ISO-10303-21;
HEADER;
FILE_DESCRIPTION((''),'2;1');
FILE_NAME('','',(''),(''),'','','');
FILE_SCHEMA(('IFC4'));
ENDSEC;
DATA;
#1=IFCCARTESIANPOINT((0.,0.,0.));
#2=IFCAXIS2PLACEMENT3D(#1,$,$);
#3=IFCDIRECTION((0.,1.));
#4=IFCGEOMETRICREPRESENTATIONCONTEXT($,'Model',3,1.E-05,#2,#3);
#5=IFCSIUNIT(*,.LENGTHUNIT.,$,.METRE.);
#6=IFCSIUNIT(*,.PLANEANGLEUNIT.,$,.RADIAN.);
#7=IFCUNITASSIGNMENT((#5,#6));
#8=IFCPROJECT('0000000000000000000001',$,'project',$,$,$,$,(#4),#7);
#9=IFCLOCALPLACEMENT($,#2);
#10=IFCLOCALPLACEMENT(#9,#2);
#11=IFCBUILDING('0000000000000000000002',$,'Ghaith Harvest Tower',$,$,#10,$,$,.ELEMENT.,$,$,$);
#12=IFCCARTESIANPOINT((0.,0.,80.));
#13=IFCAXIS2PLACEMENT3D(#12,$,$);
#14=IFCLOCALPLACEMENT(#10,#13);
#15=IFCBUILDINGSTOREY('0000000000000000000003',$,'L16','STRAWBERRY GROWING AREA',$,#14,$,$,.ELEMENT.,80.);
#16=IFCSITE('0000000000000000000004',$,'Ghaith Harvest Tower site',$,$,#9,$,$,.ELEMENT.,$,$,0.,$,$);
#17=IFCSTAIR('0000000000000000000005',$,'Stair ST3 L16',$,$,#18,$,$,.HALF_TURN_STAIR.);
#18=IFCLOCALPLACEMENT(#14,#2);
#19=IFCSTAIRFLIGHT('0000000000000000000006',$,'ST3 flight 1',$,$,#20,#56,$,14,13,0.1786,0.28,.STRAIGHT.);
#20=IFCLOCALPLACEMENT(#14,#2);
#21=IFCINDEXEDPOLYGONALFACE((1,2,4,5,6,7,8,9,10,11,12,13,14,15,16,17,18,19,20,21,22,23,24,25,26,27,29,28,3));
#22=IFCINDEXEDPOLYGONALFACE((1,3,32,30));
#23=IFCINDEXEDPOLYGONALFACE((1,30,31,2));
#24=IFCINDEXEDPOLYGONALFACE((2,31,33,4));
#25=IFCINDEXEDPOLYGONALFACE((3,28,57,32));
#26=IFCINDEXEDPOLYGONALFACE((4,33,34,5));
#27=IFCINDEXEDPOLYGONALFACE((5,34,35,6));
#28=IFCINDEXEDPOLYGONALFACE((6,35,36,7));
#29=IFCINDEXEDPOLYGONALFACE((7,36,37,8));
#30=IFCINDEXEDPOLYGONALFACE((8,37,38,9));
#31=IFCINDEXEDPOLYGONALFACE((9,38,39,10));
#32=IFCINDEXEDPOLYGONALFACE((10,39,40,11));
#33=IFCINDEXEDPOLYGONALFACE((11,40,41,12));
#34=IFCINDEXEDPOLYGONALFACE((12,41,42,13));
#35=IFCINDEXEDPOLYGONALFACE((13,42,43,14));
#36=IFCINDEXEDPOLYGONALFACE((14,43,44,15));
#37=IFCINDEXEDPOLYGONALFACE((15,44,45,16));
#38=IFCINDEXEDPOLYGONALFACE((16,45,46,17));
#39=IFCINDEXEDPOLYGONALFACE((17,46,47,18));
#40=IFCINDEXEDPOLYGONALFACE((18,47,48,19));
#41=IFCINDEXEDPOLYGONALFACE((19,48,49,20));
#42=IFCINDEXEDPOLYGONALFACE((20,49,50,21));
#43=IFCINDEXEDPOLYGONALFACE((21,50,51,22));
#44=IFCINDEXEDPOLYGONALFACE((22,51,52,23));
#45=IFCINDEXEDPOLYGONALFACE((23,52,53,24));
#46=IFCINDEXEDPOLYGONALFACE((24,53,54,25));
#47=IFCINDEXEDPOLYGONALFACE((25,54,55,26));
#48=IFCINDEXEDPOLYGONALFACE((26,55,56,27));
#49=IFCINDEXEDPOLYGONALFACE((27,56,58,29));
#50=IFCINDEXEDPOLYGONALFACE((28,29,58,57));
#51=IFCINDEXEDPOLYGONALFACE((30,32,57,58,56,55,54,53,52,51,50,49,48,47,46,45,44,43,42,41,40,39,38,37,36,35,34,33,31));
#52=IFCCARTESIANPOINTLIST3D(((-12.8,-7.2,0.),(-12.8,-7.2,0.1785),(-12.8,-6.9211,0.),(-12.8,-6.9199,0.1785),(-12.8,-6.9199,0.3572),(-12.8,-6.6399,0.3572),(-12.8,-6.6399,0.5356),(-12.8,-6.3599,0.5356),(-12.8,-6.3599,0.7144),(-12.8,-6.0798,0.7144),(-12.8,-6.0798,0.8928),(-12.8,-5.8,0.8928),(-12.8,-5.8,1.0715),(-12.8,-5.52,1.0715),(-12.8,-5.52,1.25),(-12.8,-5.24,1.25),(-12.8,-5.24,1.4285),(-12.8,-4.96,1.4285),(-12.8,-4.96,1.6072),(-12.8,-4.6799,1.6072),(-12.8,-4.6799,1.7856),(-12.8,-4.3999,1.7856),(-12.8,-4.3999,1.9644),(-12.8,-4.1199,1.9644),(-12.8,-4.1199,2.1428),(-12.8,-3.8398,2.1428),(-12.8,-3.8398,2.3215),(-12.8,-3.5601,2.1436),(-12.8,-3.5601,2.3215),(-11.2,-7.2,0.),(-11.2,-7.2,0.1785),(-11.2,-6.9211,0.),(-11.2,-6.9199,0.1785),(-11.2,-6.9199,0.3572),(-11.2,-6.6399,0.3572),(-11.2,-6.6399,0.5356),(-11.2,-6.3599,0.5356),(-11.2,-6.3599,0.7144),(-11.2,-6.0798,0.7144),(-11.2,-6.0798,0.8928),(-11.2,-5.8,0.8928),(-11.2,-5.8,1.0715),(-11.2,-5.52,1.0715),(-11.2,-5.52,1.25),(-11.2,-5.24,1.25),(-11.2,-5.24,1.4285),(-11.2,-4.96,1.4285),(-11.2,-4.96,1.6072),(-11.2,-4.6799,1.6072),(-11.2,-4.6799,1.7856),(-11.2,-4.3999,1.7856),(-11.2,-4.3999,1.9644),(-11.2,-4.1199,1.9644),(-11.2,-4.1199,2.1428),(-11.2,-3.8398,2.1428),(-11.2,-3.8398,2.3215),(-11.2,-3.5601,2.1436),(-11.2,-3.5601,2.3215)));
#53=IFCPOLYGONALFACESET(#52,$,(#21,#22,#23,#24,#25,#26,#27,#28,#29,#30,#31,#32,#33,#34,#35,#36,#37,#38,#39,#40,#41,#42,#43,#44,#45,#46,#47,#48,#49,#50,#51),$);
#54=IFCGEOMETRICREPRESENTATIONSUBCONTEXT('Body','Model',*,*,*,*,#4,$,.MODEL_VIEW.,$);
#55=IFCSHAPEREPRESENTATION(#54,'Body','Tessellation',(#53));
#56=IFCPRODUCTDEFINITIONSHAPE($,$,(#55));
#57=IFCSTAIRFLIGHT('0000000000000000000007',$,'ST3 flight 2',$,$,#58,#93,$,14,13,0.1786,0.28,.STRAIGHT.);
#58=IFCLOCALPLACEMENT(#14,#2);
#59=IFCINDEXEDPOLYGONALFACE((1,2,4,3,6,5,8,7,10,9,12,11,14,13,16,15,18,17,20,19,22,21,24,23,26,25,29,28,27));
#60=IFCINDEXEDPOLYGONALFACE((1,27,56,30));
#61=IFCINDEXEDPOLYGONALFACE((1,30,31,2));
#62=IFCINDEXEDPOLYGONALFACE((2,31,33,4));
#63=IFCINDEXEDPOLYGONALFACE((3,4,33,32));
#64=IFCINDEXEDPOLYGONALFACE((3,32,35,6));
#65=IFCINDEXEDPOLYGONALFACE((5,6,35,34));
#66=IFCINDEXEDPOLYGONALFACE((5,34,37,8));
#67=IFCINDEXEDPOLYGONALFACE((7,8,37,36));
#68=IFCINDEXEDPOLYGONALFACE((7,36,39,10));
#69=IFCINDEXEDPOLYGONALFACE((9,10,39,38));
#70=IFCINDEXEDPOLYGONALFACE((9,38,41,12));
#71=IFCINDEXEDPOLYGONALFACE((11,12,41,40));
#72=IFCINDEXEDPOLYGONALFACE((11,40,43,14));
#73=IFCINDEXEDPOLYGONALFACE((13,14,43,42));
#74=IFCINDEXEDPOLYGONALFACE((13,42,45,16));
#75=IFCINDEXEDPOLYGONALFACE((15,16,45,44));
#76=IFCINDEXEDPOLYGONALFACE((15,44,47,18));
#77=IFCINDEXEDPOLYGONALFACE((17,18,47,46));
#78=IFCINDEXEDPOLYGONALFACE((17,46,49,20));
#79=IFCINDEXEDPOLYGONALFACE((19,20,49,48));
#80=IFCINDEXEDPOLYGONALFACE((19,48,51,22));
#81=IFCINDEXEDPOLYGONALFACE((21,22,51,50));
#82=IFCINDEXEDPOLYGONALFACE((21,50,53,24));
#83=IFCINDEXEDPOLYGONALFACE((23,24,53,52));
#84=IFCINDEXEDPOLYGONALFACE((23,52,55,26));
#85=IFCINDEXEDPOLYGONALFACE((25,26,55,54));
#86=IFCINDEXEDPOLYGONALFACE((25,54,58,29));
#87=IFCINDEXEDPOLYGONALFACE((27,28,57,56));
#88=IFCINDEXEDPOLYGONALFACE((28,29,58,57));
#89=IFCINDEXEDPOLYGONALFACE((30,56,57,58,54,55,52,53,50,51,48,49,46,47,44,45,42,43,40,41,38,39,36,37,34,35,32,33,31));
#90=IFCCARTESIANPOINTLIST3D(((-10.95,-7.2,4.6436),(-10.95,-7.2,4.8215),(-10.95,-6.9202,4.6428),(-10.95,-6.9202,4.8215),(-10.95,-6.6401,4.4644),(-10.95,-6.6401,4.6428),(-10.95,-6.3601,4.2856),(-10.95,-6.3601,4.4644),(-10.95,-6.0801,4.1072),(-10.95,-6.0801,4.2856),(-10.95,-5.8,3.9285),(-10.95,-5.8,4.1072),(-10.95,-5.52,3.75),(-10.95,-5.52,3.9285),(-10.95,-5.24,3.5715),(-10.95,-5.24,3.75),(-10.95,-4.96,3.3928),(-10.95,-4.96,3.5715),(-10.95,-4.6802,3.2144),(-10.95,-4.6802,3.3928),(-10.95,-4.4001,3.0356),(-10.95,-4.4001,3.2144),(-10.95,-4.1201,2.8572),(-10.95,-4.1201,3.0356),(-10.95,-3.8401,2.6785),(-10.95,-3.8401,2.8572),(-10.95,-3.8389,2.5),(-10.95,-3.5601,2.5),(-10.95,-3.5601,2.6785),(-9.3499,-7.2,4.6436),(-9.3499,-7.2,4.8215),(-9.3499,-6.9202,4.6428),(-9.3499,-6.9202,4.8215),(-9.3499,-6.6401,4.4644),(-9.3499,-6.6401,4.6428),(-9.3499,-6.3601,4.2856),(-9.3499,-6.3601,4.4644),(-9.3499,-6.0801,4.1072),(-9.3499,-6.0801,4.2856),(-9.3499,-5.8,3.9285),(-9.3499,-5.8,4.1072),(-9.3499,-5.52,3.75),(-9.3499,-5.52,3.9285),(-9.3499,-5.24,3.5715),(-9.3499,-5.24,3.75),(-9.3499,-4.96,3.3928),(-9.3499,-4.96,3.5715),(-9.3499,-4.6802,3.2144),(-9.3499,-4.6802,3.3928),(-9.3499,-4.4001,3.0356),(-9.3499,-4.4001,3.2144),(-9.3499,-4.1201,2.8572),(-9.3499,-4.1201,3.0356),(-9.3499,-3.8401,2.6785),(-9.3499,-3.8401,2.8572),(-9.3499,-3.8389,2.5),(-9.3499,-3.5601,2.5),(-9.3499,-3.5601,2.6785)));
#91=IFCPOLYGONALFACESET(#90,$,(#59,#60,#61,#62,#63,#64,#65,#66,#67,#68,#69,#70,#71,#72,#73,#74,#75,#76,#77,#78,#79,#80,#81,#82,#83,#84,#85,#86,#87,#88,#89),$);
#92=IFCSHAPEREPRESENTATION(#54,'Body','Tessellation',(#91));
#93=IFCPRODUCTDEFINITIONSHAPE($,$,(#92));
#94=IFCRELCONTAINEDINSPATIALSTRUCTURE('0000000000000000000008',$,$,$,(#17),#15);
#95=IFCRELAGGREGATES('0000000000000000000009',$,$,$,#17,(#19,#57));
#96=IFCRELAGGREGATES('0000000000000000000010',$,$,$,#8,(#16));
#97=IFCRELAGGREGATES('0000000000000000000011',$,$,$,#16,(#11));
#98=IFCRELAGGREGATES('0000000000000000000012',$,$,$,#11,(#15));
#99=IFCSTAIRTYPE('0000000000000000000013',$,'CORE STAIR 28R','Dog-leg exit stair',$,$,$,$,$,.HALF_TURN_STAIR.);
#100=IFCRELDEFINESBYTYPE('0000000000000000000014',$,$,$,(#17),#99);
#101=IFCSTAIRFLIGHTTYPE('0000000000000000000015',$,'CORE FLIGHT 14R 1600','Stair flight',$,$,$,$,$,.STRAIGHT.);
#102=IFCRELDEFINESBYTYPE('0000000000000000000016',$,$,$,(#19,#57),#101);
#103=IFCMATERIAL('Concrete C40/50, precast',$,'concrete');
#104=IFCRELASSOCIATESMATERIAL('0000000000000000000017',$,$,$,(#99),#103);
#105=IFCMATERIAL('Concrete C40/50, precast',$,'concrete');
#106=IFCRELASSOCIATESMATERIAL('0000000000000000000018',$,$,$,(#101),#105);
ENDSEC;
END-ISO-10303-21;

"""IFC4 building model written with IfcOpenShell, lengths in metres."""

from ifc_helpers import new_model, si_unit, direction, frame, origin, place, context, subcontext, project, spatial, polyline, outline, extrude, material, type_object, element, aggregate, save


model = new_model("IFC4")

# Units and contexts
model_context = context("Model", 3, precision=1e-05, world=origin(), true_north=direction((0.0, 1.0)))
body_context = subcontext(model_context, "Body", "Model", "MODEL_VIEW")
ifc_project = project(units=[si_unit("LENGTHUNIT", "METRE"), si_unit("PLANEANGLEUNIT", "RADIAN")], contexts=[model_context])

# Site, building, storey
site_placement = place(None, origin())
site = spatial("IfcSite", under=ifc_project, at=site_placement, Name="Ghaith Harvest Tower site", CompositionType="ELEMENT", RefElevation=0.0)
building_placement = place(site_placement, origin())
building = spatial("IfcBuilding", under=site, at=building_placement, Name="Ghaith Harvest Tower", CompositionType="ELEMENT")
storey_placement = place(building_placement, frame((0.0, 0.0, 80.0)))
storey = spatial("IfcBuildingStorey", under=building, at=storey_placement, Name="L16", Description="STRAWBERRY GROWING AREA", CompositionType="ELEMENT", Elevation=80.0)

# Stair, stair flights
ifc_material_1 = material(Name="Concrete C40/50, precast", Category="concrete")
stair_type = type_object("IfcStairType", Name="CORE STAIR 28R", Description="Dog-leg exit stair", PredefinedType="HALF_TURN_STAIR", material=ifc_material_1)
stair_placement = place(storey_placement, origin())
stair = element("IfcStair", 1, at=stair_placement, inside=storey, type_object=stair_type, Name="Stair ST3 L16", PredefinedType="HALF_TURN_STAIR")
ifc_material_2 = material(Name="Concrete C40/50, precast", Category="concrete")
stair_flight_type = type_object("IfcStairFlightType", Name="CORE FLIGHT 14R 1600", Description="Stair flight", PredefinedType="STRAIGHT", material=ifc_material_2)
stair_flight_1_placement = place(storey_placement, frame((-12.0, -7.2, 0.0), z_axis=(0.0, 0.0, 1.0), x_axis=(0.0, 1.0, 0.0)))
stair_flight_1 = element("IfcStairFlight", 2, at=stair_flight_1_placement, type_object=stair_flight_type, Name="ST3 flight 1", NumberOfRisers=14, NumberOfTreads=13, PredefinedType="STRAIGHT", RiserHeight=0.1786, TreadLength=0.28, context=body_context, shape_type="SweptSolid", body=[
    extrude(outline(polyline([(0.0, 0.0), (0.0, 0.1785), (0.28, 0.1785), (0.28, 0.3572), (0.5601, 0.3572), (0.5601, 0.5356), (0.8401, 0.5356), (0.8401, 0.7144), (1.1201, 0.7144), (1.1201, 0.8928), (1.3999, 0.8928), (1.3999, 1.0715), (1.6799, 1.0715), (1.6799, 1.25), (1.96, 1.25), (1.96, 1.4285), (2.24, 1.4285), (2.24, 1.6072), (2.52, 1.6072), (2.52, 1.7856), (2.8, 1.7856), (2.8, 1.9644), (3.0801, 1.9644), (3.0801, 2.1428), (3.3601, 2.1428), (3.3601, 2.3215), (3.6399, 2.3215), (3.6399, 2.5), (3.6399, 2.1436), (0.2788, 0.0), (0.0, 0.0)])), frame((0.0, 0.8, 0.0), z_axis=(0.0, -1.0, 0.0), x_axis=(1.0, 0.0, 0.0)), (0.0, 0.0, 1.0), 1.6001),
])
stair_flight_2_placement = place(storey_placement, frame((-10.1499, -3.5601, 2.5), z_axis=(0.0, 0.0, 1.0), x_axis=(0.0, -1.0, 0.0)))
stair_flight_2 = element("IfcStairFlight", 3, at=stair_flight_2_placement, type_object=stair_flight_type, Name="ST3 flight 2", NumberOfRisers=14, NumberOfTreads=13, PredefinedType="STRAIGHT", RiserHeight=0.1786, TreadLength=0.28, context=body_context, shape_type="SweptSolid", body=[
    extrude(outline(polyline([(0.0, 0.0), (0.0, 0.1785), (0.28, 0.1785), (0.28, 0.3572), (0.5601, 0.3572), (0.5601, 0.5356), (0.8401, 0.5356), (0.8401, 0.7144), (1.1201, 0.7144), (1.1201, 0.8928), (1.3999, 0.8928), (1.3999, 1.0715), (1.6799, 1.0715), (1.6799, 1.25), (1.96, 1.25), (1.96, 1.4285), (2.24, 1.4285), (2.24, 1.6072), (2.52, 1.6072), (2.52, 1.7856), (2.8, 1.7856), (2.8, 1.9644), (3.0801, 1.9644), (3.0801, 2.1428), (3.3601, 2.1428), (3.3601, 2.3215), (3.6399, 2.3215), (3.6399, 2.5), (3.6399, 2.1436), (0.2788, 0.0), (0.0, 0.0)])), frame((0.0, 0.8, 0.0), z_axis=(0.0, -1.0, 0.0), x_axis=(1.0, 0.0, 0.0)), (0.0, 0.0, 1.0), 1.6001),
])
aggregate(stair, [stair_flight_1, stair_flight_2])

save(model, "model.ifc")
